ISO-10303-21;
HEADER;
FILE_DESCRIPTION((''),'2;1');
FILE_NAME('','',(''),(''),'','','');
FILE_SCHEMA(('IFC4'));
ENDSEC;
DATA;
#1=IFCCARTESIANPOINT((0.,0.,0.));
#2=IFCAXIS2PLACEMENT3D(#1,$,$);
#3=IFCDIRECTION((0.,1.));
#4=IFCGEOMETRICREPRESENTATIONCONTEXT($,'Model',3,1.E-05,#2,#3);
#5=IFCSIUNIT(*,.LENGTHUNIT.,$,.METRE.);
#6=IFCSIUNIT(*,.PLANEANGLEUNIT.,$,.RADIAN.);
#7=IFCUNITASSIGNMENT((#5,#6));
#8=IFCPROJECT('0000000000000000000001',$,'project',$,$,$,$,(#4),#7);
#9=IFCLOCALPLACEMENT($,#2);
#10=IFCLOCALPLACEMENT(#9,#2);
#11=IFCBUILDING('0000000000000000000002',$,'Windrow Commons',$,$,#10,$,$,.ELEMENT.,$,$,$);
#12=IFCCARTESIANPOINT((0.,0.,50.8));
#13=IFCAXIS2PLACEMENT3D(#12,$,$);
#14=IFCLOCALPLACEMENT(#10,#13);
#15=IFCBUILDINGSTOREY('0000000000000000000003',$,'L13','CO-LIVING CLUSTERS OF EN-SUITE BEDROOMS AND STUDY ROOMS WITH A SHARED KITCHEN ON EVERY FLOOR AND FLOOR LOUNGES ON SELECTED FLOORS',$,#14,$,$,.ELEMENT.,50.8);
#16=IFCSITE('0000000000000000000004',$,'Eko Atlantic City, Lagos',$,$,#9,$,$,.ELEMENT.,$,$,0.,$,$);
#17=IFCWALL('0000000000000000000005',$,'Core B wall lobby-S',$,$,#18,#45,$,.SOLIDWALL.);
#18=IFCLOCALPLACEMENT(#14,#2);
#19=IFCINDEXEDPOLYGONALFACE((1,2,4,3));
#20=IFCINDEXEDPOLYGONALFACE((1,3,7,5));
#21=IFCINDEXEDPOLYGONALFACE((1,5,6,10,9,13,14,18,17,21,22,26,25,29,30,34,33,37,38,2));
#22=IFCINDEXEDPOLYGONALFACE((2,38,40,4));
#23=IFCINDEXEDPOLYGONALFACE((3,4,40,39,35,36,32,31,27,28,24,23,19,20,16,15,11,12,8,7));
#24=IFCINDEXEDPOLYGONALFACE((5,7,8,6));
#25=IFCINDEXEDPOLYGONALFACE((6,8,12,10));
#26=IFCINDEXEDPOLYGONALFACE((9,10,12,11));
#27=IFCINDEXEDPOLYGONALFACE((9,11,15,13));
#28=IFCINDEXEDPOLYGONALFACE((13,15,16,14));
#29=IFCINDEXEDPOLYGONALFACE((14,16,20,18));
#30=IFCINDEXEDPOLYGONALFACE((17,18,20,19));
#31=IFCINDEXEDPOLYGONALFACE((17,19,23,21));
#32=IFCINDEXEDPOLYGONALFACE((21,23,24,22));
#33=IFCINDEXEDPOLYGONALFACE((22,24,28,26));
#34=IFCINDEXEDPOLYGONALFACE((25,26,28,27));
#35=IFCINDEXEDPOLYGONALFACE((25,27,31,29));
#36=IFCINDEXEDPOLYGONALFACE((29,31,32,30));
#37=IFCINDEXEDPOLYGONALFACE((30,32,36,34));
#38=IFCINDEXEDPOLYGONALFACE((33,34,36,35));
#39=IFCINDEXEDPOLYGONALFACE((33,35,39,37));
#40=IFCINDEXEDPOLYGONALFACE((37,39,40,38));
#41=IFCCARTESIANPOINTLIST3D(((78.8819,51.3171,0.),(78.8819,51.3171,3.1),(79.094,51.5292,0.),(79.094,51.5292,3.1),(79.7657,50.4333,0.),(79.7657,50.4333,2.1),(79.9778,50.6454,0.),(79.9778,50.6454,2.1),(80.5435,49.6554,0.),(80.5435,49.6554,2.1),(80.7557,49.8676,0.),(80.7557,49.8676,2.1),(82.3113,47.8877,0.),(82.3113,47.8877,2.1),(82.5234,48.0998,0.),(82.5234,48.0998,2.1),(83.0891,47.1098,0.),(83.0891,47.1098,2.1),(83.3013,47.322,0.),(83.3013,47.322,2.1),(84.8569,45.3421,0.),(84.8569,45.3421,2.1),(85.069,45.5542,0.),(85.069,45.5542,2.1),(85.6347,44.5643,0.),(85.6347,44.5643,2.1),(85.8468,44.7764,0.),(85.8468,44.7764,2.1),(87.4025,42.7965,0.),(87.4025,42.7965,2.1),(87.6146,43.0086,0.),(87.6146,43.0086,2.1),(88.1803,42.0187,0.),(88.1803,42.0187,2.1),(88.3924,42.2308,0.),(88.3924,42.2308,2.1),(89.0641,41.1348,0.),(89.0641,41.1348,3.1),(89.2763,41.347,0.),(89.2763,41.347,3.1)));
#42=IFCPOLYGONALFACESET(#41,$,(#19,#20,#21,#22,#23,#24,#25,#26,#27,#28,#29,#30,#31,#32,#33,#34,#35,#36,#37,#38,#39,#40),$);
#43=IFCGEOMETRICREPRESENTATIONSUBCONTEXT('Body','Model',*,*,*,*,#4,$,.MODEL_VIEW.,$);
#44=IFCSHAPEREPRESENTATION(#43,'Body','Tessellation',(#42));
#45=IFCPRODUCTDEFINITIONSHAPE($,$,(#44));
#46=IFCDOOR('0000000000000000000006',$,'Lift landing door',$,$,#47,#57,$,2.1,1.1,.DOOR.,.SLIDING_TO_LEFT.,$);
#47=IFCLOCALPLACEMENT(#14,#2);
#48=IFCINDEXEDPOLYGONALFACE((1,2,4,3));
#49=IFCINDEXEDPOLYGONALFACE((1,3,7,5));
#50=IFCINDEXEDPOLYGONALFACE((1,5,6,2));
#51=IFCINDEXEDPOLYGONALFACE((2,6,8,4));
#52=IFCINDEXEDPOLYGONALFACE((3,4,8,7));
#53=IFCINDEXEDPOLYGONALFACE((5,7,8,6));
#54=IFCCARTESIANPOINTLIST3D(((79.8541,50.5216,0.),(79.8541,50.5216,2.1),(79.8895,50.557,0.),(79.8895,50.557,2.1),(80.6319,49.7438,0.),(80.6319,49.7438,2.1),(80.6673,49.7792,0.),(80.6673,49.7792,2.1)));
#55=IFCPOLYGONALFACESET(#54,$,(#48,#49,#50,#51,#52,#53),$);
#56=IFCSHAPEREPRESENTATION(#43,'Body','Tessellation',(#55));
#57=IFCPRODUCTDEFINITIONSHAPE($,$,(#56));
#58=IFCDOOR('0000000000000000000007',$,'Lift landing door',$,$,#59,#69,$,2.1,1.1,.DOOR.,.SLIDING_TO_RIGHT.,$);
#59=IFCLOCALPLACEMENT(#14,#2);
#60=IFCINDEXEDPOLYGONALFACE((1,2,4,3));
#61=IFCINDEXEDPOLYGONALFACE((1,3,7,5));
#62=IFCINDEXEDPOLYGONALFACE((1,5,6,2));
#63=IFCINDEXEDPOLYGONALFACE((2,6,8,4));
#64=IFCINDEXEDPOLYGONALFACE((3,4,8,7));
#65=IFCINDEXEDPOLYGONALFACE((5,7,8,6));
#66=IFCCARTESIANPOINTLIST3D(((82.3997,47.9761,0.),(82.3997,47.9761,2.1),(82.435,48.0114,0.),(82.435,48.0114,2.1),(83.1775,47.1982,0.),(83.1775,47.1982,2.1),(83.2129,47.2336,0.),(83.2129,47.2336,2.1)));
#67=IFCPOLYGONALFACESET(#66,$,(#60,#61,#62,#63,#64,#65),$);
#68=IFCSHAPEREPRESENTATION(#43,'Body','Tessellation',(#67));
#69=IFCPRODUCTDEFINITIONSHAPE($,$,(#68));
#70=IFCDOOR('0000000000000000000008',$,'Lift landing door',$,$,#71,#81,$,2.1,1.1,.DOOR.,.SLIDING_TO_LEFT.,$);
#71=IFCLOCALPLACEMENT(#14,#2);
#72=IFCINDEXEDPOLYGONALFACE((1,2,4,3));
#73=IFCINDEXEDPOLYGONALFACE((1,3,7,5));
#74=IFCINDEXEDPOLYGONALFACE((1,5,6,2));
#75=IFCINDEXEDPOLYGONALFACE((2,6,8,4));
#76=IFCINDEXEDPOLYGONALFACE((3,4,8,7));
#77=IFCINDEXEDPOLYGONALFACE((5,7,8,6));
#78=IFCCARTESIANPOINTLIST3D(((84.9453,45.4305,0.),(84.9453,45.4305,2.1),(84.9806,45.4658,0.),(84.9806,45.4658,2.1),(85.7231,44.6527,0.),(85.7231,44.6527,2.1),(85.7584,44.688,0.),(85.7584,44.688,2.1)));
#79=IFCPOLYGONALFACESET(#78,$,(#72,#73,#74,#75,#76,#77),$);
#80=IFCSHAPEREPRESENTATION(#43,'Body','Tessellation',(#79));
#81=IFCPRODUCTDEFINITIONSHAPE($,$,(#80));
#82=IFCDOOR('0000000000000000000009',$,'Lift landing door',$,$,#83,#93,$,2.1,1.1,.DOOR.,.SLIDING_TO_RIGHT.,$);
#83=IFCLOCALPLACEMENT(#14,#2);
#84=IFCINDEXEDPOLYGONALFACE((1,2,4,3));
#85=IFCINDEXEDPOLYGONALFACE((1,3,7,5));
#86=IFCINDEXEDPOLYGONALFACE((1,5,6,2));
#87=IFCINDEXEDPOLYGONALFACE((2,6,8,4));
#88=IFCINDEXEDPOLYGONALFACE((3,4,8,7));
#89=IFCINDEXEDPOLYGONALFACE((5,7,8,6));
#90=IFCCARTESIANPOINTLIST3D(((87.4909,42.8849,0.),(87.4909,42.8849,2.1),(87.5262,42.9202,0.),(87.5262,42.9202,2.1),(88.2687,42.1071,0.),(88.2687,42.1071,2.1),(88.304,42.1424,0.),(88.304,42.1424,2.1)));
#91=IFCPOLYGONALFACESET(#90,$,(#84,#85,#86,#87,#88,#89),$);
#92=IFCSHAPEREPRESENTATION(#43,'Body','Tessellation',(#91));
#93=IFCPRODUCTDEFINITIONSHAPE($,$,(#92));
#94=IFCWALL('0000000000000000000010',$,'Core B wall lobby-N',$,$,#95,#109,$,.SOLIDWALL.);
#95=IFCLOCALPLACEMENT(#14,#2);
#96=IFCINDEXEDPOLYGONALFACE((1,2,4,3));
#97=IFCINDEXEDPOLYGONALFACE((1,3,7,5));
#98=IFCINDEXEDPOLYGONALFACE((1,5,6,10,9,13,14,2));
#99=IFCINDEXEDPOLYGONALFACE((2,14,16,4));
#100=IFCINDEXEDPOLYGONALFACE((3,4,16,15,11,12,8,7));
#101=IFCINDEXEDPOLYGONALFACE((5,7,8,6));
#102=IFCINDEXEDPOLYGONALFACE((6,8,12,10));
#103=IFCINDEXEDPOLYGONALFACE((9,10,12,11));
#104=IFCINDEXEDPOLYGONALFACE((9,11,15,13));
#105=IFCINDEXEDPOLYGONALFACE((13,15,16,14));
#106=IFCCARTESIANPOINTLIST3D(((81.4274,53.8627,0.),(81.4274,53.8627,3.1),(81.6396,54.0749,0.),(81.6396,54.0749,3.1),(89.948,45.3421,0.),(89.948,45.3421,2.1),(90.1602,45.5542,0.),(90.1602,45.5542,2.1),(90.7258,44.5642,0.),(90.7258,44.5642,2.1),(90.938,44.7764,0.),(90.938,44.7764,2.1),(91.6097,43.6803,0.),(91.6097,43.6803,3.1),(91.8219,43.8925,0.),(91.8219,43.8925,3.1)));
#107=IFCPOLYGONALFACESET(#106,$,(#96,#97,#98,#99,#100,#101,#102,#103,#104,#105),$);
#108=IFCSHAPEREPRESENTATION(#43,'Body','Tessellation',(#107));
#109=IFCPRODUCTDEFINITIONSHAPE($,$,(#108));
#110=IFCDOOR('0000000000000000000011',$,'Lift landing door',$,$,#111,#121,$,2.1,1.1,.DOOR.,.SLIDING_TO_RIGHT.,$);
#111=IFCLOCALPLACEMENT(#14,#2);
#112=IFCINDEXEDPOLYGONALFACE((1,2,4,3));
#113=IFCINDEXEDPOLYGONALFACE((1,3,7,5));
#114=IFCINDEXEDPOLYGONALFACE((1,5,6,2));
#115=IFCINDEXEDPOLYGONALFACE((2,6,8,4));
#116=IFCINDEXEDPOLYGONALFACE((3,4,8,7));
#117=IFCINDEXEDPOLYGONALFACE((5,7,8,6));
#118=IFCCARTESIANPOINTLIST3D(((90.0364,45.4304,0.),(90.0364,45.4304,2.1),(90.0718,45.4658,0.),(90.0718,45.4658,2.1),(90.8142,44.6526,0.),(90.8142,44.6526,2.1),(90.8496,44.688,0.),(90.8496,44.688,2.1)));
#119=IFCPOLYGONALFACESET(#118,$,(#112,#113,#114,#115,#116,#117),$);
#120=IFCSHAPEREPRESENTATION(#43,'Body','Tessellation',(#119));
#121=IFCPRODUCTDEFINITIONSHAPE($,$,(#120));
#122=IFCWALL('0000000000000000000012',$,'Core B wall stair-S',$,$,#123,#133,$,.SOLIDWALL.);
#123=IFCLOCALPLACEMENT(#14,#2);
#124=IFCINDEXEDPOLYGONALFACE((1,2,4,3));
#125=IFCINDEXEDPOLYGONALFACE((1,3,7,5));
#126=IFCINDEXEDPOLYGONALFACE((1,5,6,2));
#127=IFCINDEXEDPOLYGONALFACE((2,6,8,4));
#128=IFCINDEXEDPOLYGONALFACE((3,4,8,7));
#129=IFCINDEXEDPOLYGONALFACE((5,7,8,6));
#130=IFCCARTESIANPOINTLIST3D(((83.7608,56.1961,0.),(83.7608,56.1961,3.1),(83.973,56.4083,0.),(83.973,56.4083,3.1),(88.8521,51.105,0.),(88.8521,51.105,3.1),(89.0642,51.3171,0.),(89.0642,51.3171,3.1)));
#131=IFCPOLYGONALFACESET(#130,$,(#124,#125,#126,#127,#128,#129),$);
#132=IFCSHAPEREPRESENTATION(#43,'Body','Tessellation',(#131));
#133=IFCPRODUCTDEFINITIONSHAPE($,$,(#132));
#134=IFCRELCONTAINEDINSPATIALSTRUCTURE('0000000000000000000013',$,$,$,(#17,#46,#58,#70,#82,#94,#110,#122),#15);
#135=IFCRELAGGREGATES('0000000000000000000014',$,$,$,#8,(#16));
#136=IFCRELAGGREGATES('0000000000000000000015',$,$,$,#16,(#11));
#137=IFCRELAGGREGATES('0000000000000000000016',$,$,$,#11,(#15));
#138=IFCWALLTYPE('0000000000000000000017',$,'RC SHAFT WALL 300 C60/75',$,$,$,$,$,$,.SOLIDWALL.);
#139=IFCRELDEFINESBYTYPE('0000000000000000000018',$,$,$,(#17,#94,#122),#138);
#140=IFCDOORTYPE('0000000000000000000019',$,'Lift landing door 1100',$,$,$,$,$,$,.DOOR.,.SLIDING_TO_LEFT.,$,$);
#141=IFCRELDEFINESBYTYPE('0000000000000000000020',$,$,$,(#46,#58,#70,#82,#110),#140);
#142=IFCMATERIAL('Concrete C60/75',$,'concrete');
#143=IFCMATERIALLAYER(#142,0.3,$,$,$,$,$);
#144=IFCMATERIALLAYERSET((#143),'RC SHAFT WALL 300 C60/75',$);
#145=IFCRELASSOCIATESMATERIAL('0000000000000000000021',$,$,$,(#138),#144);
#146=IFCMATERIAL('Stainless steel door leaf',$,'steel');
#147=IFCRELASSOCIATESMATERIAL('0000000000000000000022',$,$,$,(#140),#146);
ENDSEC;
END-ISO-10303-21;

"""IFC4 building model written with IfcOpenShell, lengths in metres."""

from ifc_helpers import new_model, si_unit, direction, frame, frame_2d, origin, place, context, subcontext, project, spatial, rectangle, extrude, material, layer, layer_set, type_object, element, fill, save


model = new_model("IFC4")

# Units and contexts
model_context = context("Model", 3, precision=1e-05, world=origin(), true_north=direction((0.0, 1.0)))
body_context = subcontext(model_context, "Body", "Model", "MODEL_VIEW")
ifc_project = project(units=[si_unit("LENGTHUNIT", "METRE"), si_unit("PLANEANGLEUNIT", "RADIAN")], contexts=[model_context])

# Site, building, storey
site_placement = place(None, origin())
site = spatial("IfcSite", under=ifc_project, at=site_placement, Name="Eko Atlantic City, Lagos", CompositionType="ELEMENT", RefElevation=0.0)
building_placement = place(site_placement, origin())
building = spatial("IfcBuilding", under=site, at=building_placement, Name="Windrow Commons", CompositionType="ELEMENT")
storey_placement = place(building_placement, frame((0.0, 0.0, 50.8)))
storey = spatial("IfcBuildingStorey", under=building, at=storey_placement, Name="L13", Description="CO-LIVING CLUSTERS OF EN-SUITE BEDROOMS AND STUDY ROOMS WITH A SHARED KITCHEN ON EVERY FLOOR AND FLOOR LOUNGES ON SELECTED FLOORS", CompositionType="ELEMENT", Elevation=50.8)

# Shared definitions
ifc_material_1 = material(Name="Concrete C60/75", Category="concrete")
ifc_layer_1 = layer(ifc_material_1, 0.3)
ifc_layer_set_1 = layer_set([ifc_layer_1], Name="RC SHAFT WALL 300 C60/75")
wall_type_1 = type_object("IfcWallType", Name="RC SHAFT WALL 300 C60/75", PredefinedType="SOLIDWALL", material=ifc_layer_set_1)

# Wall, openings, doors
wall_1_placement = place(storey_placement, frame((78.9879, 51.4232, 0.0), z_axis=(0.0, 0.0, 1.0), x_axis=(0.707107, -0.707107, 0.0)))
wall_1 = element("IfcWall", 1, at=wall_1_placement, inside=storey, type_object=wall_type_1, Name="Core B wall lobby-S", PredefinedType="SOLIDWALL", context=body_context, shape_type="SweptSolid", body=[
    extrude(rectangle(XDim=14.3999, YDim=0.3, at=frame_2d((7.2, 0.0))), origin(), (0.0, 0.0, 1.0), 3.1),
])
opening_1_placement = place(wall_1_placement, frame((1.25, 0.0, 0.0)))
opening_1 = element("IfcOpeningElement", 2, at=opening_1_placement, cuts=wall_1, PredefinedType="OPENING", context=body_context, shape_type="SweptSolid", body=[
    extrude(rectangle(XDim=1.1, YDim=2.1, at=frame_2d((0.55, 1.05))), frame((0.0, 0.16, 0.0), z_axis=(0.0, -1.0, 0.0), x_axis=(1.0, 0.0, 0.0)), (0.0, 0.0, 1.0), 0.32),
])
opening_2_placement = place(wall_1_placement, frame((4.85, 0.0, 0.0)))
opening_2 = element("IfcOpeningElement", 3, at=opening_2_placement, cuts=wall_1, PredefinedType="OPENING", context=body_context, shape_type="SweptSolid", body=[
    extrude(rectangle(XDim=1.1, YDim=2.1, at=frame_2d((0.55, 1.05))), frame((0.0, 0.16, 0.0), z_axis=(0.0, -1.0, 0.0), x_axis=(1.0, 0.0, 0.0)), (0.0, 0.0, 1.0), 0.32),
])
opening_3_placement = place(wall_1_placement, frame((8.45, 0.0, 0.0)))
opening_3 = element("IfcOpeningElement", 4, at=opening_3_placement, cuts=wall_1, PredefinedType="OPENING", context=body_context, shape_type="SweptSolid", body=[
    extrude(rectangle(XDim=1.1, YDim=2.1, at=frame_2d((0.55, 1.05))), frame((0.0, 0.16, 0.0), z_axis=(0.0, -1.0, 0.0), x_axis=(1.0, 0.0, 0.0)), (0.0, 0.0, 1.0), 0.32),
])
opening_4_placement = place(wall_1_placement, frame((12.05, 0.0, 0.0)))
opening_4 = element("IfcOpeningElement", 5, at=opening_4_placement, cuts=wall_1, PredefinedType="OPENING", context=body_context, shape_type="SweptSolid", body=[
    extrude(rectangle(XDim=1.1, YDim=2.1, at=frame_2d((0.55, 1.05))), frame((0.0, 0.16, 0.0), z_axis=(0.0, -1.0, 0.0), x_axis=(1.0, 0.0, 0.0)), (0.0, 0.0, 1.0), 0.32),
])
ifc_material_2 = material(Name="Stainless steel door leaf", Category="steel")
door_type_1 = type_object("IfcDoorType", Name="Lift landing door 1100", OperationType="SLIDING_TO_LEFT", PredefinedType="DOOR", material=ifc_material_2)
door_1_placement = place(opening_1_placement, origin())
door_1 = element("IfcDoor", 6, at=door_1_placement, inside=storey, type_object=door_type_1, Name="Lift landing door", OperationType="SLIDING_TO_LEFT", OverallHeight=2.1, OverallWidth=1.1, PredefinedType="DOOR", context=body_context, shape_type="SweptSolid", body=[
    extrude(rectangle(XDim=1.1, YDim=2.1, at=frame_2d((0.55, 1.05))), frame((0.0, 0.025, 0.0), z_axis=(0.0, -1.0, 0.0), x_axis=(1.0, 0.0, 0.0)), (0.0, 0.0, 1.0), 0.05),
])
fill(opening_1, door_1)
door_2_placement = place(opening_2_placement, origin())
door_2 = element("IfcDoor", 7, at=door_2_placement, inside=storey, type_object=door_type_1, Name="Lift landing door", OperationType="SLIDING_TO_RIGHT", OverallHeight=2.1, OverallWidth=1.1, PredefinedType="DOOR", context=body_context, shape_type="SweptSolid", body=[
    extrude(rectangle(XDim=1.1, YDim=2.1, at=frame_2d((0.55, 1.05))), frame((0.0, 0.025, 0.0), z_axis=(0.0, -1.0, 0.0), x_axis=(1.0, 0.0, 0.0)), (0.0, 0.0, 1.0), 0.05),
])
fill(opening_2, door_2)
door_3_placement = place(opening_3_placement, origin())
door_3 = element("IfcDoor", 8, at=door_3_placement, inside=storey, type_object=door_type_1, Name="Lift landing door", OperationType="SLIDING_TO_LEFT", OverallHeight=2.1, OverallWidth=1.1, PredefinedType="DOOR", context=body_context, shape_type="SweptSolid", body=[
    extrude(rectangle(XDim=1.1, YDim=2.1, at=frame_2d((0.55, 1.05))), frame((0.0, 0.025, 0.0), z_axis=(0.0, -1.0, 0.0), x_axis=(1.0, 0.0, 0.0)), (0.0, 0.0, 1.0), 0.05),
])
fill(opening_3, door_3)
door_4_placement = place(opening_4_placement, origin())
door_4 = element("IfcDoor", 9, at=door_4_placement, inside=storey, type_object=door_type_1, Name="Lift landing door", OperationType="SLIDING_TO_RIGHT", OverallHeight=2.1, OverallWidth=1.1, PredefinedType="DOOR", context=body_context, shape_type="SweptSolid", body=[
    extrude(rectangle(XDim=1.1, YDim=2.1, at=frame_2d((0.55, 1.05))), frame((0.0, 0.025, 0.0), z_axis=(0.0, -1.0, 0.0), x_axis=(1.0, 0.0, 0.0)), (0.0, 0.0, 1.0), 0.05),
])
fill(opening_4, door_4)

# Wall, opening, door
wall_2_placement = place(storey_placement, frame((81.5335, 53.9688, 0.0), z_axis=(0.0, 0.0, 1.0), x_axis=(0.707103, -0.70711, 0.0)))
wall_2 = element("IfcWall", 10, at=wall_2_placement, inside=storey, type_object=wall_type_1, Name="Core B wall lobby-N", PredefinedType="SOLIDWALL", context=body_context, shape_type="SweptSolid", body=[
    extrude(rectangle(XDim=14.4, YDim=0.3, at=frame_2d((7.2, 0.0))), origin(), (0.0, 0.0, 1.0), 3.1),
])
opening_5_placement = place(wall_2_placement, frame((12.05, 0.0, 0.0)))
opening_5 = element("IfcOpeningElement", 11, at=opening_5_placement, cuts=wall_2, PredefinedType="OPENING", context=body_context, shape_type="SweptSolid", body=[
    extrude(rectangle(XDim=1.1, YDim=2.1, at=frame_2d((0.55, 1.05))), frame((0.0, 0.16, 0.0), z_axis=(0.0, -1.0, 0.0), x_axis=(1.0, 0.0, 0.0)), (0.0, 0.0, 1.0), 0.32),
])
door_5_placement = place(opening_5_placement, origin())
door_5 = element("IfcDoor", 12, at=door_5_placement, inside=storey, type_object=door_type_1, Name="Lift landing door", OperationType="SLIDING_TO_RIGHT", OverallHeight=2.1, OverallWidth=1.1, PredefinedType="DOOR", context=body_context, shape_type="SweptSolid", body=[
    extrude(rectangle(XDim=1.1, YDim=2.1, at=frame_2d((0.55, 1.05))), frame((0.0, 0.025, 0.0), z_axis=(0.0, -1.0, 0.0), x_axis=(1.0, 0.0, 0.0)), (0.0, 0.0, 1.0), 0.05),
])
fill(opening_5, door_5)

# Wall
wall_3_placement = place(storey_placement, frame((83.8669, 56.3022, 0.0), z_axis=(0.0, 0.0, 1.0), x_axis=(0.707114, -0.7071, 0.0)))
element("IfcWall", 13, at=wall_3_placement, inside=storey, type_object=wall_type_1, Name="Core B wall stair-S", PredefinedType="SOLIDWALL", context=body_context, shape_type="SweptSolid", body=[
    extrude(rectangle(XDim=7.2, YDim=0.3, at=frame_2d((3.6, 0.0))), origin(), (0.0, 0.0, 1.0), 3.1),
])

save(model, "model.ifc")
